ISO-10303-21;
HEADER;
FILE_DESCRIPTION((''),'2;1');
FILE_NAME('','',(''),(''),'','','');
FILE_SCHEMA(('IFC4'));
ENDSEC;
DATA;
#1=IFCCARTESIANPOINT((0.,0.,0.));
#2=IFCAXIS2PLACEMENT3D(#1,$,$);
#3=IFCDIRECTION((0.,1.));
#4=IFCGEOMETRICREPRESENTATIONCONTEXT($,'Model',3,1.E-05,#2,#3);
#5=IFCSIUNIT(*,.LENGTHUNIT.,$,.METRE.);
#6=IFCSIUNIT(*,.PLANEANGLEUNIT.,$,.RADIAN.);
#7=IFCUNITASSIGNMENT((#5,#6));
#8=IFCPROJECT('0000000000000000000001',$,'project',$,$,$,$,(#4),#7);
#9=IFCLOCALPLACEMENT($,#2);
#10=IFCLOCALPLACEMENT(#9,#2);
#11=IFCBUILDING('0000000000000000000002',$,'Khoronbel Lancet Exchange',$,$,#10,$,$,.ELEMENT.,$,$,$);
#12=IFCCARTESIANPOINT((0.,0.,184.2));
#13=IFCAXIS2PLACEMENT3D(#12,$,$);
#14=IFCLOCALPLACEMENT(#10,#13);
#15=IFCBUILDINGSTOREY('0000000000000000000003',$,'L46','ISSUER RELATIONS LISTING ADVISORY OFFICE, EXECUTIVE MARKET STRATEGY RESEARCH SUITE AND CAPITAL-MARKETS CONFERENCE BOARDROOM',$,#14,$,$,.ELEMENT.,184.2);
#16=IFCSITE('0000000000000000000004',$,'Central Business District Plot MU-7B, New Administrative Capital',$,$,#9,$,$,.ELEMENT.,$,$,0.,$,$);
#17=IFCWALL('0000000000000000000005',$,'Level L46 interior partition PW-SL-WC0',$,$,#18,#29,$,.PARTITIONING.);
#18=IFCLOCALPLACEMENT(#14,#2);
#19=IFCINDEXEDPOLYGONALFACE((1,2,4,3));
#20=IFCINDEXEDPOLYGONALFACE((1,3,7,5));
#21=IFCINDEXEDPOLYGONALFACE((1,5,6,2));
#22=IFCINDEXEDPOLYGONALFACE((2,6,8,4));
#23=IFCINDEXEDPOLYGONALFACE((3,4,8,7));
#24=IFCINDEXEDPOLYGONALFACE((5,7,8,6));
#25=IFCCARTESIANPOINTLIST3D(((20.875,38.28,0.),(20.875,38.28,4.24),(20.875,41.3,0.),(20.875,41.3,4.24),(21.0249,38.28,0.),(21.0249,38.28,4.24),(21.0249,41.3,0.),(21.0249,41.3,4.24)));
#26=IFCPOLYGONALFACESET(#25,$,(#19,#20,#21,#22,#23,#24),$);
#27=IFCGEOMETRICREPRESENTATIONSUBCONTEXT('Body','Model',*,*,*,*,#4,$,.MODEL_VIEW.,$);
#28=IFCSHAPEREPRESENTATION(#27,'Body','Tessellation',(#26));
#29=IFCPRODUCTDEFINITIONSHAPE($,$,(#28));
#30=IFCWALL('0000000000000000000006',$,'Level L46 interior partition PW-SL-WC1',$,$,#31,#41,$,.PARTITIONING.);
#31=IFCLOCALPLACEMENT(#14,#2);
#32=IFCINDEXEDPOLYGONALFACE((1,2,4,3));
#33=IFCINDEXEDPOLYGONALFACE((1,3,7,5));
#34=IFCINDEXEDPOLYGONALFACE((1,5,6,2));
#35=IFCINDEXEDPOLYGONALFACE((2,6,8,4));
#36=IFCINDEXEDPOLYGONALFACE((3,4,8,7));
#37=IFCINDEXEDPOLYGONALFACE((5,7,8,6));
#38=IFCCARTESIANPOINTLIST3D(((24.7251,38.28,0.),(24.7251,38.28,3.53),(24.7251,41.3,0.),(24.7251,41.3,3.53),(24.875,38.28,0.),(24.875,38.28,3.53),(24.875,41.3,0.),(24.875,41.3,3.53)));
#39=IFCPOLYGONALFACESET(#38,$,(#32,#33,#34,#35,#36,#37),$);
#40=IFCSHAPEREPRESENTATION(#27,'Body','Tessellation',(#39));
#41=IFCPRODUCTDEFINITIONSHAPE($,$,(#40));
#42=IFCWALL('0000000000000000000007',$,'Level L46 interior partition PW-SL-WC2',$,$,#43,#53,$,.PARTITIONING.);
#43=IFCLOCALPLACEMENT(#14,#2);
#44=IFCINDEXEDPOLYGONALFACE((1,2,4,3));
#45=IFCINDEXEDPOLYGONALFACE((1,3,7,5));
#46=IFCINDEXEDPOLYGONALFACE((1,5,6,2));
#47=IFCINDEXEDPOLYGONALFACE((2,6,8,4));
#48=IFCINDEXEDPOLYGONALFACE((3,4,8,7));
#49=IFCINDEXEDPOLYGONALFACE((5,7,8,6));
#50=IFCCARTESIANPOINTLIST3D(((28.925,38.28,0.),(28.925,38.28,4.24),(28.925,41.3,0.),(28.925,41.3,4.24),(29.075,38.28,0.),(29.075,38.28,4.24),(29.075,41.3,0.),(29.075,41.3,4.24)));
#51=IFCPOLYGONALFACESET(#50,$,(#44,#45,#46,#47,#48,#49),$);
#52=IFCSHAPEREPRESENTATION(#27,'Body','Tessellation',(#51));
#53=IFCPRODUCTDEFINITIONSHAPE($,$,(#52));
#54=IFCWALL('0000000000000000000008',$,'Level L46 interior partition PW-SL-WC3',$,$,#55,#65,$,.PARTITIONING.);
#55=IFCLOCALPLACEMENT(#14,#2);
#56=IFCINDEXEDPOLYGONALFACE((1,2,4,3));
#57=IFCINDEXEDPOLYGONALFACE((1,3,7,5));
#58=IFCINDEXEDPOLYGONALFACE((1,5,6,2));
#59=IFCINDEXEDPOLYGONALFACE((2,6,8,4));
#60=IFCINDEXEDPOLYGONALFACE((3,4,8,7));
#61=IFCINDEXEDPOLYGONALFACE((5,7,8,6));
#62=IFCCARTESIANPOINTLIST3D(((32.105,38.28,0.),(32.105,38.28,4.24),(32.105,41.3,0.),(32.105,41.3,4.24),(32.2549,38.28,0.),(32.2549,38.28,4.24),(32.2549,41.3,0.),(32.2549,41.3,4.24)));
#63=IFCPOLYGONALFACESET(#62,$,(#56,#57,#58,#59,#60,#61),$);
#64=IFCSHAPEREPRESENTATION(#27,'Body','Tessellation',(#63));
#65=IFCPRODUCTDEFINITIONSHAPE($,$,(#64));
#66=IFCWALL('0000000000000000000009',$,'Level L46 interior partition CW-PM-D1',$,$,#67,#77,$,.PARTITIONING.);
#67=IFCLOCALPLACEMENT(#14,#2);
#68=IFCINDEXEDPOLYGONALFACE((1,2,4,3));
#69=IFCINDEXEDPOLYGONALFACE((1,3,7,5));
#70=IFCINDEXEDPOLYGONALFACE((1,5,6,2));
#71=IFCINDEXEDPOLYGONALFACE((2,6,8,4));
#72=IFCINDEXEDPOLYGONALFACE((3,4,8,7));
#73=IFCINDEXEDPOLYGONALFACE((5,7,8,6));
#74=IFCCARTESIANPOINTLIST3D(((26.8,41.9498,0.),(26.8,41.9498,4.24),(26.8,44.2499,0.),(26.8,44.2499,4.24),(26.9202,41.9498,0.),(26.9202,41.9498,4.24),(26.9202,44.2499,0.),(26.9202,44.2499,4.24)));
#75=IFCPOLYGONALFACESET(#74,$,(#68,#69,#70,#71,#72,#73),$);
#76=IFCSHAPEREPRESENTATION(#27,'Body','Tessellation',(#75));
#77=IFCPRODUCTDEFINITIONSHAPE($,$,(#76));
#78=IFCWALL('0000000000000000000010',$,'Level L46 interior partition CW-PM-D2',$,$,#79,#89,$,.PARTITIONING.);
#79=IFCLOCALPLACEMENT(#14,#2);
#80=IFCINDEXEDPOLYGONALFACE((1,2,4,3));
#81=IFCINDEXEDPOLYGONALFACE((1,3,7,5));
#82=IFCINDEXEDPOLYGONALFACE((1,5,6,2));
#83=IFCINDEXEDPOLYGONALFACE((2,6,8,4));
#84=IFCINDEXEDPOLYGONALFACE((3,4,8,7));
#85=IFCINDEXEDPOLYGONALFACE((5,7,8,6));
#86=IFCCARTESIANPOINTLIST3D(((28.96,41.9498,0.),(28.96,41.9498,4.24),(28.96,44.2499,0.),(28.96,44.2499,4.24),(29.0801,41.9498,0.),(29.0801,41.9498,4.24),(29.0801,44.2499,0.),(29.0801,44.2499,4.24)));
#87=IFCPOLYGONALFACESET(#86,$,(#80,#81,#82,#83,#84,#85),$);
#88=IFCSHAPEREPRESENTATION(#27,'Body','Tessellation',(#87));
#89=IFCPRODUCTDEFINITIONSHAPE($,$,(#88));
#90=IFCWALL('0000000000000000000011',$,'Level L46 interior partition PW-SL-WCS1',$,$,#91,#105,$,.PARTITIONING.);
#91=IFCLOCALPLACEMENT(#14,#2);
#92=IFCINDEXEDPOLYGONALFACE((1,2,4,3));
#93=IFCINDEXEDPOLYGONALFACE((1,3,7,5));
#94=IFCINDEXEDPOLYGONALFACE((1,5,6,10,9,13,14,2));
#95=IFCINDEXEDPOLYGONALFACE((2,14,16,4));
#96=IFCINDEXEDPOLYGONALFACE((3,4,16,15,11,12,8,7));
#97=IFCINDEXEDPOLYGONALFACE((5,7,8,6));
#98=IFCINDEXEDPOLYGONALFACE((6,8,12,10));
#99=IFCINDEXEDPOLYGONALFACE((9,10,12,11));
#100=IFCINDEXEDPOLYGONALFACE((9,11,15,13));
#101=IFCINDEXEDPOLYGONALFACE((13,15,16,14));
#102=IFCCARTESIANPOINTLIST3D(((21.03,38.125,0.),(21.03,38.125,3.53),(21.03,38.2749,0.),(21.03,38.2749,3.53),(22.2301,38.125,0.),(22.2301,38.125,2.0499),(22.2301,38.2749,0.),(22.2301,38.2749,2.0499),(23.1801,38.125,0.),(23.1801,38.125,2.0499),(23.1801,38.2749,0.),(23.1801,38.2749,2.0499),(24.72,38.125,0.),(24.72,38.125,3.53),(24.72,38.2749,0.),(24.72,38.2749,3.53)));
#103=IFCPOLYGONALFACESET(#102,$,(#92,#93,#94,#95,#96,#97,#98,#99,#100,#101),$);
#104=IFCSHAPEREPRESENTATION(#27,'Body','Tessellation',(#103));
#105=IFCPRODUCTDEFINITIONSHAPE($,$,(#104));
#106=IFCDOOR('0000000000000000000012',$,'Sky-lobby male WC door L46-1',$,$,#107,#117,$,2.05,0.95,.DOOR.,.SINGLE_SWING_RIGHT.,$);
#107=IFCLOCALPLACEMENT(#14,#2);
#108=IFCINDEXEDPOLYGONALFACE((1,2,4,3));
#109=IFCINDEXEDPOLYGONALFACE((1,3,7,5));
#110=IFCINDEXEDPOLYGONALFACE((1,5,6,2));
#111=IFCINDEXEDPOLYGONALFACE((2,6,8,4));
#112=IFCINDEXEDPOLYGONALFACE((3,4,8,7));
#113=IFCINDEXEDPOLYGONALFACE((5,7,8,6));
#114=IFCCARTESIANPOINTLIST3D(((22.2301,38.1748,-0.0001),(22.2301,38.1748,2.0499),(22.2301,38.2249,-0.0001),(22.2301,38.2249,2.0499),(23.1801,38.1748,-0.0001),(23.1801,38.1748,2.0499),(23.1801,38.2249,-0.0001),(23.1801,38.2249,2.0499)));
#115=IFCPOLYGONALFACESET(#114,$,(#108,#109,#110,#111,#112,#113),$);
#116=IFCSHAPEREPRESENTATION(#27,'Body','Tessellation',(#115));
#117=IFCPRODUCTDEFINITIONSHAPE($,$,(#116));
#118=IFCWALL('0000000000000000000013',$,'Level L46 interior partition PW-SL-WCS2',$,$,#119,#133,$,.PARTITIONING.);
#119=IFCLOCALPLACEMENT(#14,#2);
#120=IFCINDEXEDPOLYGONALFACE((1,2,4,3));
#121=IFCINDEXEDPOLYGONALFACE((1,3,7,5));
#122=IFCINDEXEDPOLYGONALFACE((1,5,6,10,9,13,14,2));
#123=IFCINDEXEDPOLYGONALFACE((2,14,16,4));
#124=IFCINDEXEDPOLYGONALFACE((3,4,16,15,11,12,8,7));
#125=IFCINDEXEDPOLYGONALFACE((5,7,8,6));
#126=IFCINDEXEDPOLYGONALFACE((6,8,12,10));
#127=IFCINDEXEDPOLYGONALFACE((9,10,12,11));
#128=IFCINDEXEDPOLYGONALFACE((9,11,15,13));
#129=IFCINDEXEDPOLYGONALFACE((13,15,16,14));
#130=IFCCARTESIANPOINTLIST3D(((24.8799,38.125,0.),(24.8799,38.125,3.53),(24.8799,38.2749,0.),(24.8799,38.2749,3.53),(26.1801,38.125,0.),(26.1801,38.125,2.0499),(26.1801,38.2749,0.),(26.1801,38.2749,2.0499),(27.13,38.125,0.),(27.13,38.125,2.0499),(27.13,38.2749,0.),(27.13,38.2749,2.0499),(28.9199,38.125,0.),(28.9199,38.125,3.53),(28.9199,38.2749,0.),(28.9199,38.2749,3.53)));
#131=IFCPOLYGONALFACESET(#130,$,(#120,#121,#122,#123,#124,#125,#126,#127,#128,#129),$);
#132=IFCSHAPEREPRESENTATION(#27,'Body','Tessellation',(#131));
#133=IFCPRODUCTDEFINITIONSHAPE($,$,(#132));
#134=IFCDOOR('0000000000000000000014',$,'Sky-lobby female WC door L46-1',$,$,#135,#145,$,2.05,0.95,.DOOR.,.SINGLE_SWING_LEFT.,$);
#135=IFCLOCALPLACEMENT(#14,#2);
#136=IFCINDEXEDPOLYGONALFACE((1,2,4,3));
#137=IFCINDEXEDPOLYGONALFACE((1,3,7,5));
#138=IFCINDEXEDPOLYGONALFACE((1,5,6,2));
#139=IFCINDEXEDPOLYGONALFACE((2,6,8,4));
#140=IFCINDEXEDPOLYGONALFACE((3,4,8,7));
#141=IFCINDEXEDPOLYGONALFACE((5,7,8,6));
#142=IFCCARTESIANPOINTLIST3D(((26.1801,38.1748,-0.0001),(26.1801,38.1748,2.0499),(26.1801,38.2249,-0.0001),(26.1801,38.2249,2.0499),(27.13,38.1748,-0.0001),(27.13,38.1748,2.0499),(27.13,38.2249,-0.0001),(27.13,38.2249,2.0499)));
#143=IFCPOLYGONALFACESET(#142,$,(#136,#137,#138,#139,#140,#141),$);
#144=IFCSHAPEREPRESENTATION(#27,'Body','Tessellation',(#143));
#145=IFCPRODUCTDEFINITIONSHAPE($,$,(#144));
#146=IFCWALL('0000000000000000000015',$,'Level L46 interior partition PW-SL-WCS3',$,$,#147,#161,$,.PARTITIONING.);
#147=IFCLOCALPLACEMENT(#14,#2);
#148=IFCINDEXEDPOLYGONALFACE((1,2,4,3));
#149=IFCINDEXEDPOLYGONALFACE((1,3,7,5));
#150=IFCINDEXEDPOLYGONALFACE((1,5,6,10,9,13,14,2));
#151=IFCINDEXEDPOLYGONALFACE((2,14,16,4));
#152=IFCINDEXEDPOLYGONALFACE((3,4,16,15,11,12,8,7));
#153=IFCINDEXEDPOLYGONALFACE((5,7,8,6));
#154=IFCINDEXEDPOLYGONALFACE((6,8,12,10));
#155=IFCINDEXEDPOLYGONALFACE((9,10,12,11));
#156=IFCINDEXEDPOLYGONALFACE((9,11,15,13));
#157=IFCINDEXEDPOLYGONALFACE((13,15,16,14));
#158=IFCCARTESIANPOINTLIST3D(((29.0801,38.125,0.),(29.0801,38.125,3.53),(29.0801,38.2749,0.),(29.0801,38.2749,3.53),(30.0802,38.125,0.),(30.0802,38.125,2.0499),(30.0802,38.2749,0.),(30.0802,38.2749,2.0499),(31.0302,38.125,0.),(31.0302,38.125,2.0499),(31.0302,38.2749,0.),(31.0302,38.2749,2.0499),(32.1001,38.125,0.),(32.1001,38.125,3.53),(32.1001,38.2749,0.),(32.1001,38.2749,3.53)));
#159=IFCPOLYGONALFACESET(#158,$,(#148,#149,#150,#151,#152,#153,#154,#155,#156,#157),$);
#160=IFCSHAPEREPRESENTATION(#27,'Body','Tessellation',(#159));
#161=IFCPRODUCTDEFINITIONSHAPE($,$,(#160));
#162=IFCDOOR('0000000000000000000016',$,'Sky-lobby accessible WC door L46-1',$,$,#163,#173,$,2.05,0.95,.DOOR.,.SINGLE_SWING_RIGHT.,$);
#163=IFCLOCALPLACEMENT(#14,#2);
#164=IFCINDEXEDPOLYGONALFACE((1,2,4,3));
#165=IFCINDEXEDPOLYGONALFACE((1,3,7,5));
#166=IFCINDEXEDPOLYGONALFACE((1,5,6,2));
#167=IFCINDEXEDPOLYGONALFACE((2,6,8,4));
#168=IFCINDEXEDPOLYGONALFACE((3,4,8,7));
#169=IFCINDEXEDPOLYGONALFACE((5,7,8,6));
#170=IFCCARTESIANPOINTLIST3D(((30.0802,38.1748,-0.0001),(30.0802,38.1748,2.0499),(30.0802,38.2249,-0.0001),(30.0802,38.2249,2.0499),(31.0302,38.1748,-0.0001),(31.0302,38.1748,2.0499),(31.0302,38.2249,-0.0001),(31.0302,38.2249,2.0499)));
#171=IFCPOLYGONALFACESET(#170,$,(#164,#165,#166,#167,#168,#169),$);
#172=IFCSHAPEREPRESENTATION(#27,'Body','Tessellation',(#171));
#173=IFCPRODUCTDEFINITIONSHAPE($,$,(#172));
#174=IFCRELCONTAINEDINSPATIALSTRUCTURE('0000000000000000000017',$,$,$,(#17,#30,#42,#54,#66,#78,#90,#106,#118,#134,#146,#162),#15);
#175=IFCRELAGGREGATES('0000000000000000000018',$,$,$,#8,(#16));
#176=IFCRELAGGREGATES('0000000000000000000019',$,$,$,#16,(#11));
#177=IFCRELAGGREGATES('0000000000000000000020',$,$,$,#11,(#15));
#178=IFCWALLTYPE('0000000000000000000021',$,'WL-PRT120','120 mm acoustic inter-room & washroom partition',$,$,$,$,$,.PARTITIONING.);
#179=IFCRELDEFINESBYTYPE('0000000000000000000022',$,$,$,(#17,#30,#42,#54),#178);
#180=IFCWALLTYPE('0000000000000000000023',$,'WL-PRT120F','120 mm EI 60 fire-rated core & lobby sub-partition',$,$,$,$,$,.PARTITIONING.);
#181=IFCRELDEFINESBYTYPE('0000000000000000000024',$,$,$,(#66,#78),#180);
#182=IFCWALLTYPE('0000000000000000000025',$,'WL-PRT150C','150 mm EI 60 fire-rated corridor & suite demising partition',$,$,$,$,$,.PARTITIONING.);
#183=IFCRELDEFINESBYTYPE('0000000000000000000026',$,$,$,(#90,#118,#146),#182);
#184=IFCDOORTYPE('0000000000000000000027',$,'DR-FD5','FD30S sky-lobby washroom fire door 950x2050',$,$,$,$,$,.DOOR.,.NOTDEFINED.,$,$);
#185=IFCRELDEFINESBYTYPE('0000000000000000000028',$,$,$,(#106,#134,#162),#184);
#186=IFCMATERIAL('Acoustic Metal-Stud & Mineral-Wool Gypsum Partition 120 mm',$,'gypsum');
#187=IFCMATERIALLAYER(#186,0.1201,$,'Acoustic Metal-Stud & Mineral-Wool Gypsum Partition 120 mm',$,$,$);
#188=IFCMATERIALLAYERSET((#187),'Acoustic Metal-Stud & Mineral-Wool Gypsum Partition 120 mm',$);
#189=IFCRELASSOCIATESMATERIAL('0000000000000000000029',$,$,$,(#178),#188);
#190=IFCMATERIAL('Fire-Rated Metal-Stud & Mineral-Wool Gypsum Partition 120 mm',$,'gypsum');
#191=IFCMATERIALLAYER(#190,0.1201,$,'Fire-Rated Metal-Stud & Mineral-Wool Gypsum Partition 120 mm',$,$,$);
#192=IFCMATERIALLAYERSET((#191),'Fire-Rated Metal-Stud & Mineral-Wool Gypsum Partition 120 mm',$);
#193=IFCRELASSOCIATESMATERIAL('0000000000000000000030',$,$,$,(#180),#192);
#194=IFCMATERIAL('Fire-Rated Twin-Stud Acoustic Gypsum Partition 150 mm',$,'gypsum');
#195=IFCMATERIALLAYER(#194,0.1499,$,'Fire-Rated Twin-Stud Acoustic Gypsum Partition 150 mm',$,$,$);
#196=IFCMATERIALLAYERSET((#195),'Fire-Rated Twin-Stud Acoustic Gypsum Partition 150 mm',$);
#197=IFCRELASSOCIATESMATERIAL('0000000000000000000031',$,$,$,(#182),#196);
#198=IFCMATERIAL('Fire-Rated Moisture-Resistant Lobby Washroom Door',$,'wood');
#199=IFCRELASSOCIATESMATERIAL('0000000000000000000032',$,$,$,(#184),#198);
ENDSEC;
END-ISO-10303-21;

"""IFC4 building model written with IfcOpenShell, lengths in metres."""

from ifc_helpers import new_model, si_unit, direction, frame, frame_2d, origin, place, context, subcontext, project, spatial, rectangle, extrude, material, layer, layer_set, type_object, element, fill, save


model = new_model("IFC4")

# Units and contexts
model_context = context("Model", 3, precision=1e-05, world=origin(), true_north=direction((0.0, 1.0)))
body_context = subcontext(model_context, "Body", "Model", "MODEL_VIEW")
ifc_project = project(units=[si_unit("LENGTHUNIT", "METRE"), si_unit("PLANEANGLEUNIT", "RADIAN")], contexts=[model_context])

# Site, building, storey
site_placement = place(None, origin())
site = spatial("IfcSite", under=ifc_project, at=site_placement, Name="Central Business District Plot MU-7B, New Administrative Capital", CompositionType="ELEMENT", RefElevation=0.0)
building_placement = place(site_placement, origin())
building = spatial("IfcBuilding", under=site, at=building_placement, Name="Khoronbel Lancet Exchange", CompositionType="ELEMENT")
storey_placement = place(building_placement, frame((0.0, 0.0, 184.2)))
storey = spatial("IfcBuildingStorey", under=building, at=storey_placement, Name="L46", Description="ISSUER RELATIONS LISTING ADVISORY OFFICE, EXECUTIVE MARKET STRATEGY RESEARCH SUITE AND CAPITAL-MARKETS CONFERENCE BOARDROOM", CompositionType="ELEMENT", Elevation=184.2)

# Walls
ifc_material_1 = material(Name="Acoustic Metal-Stud & Mineral-Wool Gypsum Partition 120 mm", Category="gypsum")
ifc_layer_1 = layer(ifc_material_1, 0.1201, Name="Acoustic Metal-Stud & Mineral-Wool Gypsum Partition 120 mm")
ifc_layer_set_1 = layer_set([ifc_layer_1], Name="Acoustic Metal-Stud & Mineral-Wool Gypsum Partition 120 mm")
wall_type_1 = type_object("IfcWallType", Name="WL-PRT120", Description="120 mm acoustic inter-room & washroom partition", PredefinedType="PARTITIONING", material=ifc_layer_set_1)
wall_1_placement = place(storey_placement, frame((20.95, 38.28, 0.0), z_axis=(0.0, 0.0, 1.0), x_axis=(0.0, 1.0, 0.0)))
element("IfcWall", 1, at=wall_1_placement, inside=storey, type_object=wall_type_1, Name="Level L46 interior partition PW-SL-WC0", PredefinedType="PARTITIONING", context=body_context, shape_type="SweptSolid", body=[
    extrude(rectangle(XDim=3.02, YDim=0.1499, at=frame_2d((1.51, 0.0))), origin(), (0.0, 0.0, 1.0), 4.24),
])
wall_2_placement = place(storey_placement, frame((24.8, 38.28, 0.0), z_axis=(0.0, 0.0, 1.0), x_axis=(0.0, 1.0, 0.0)))
element("IfcWall", 2, at=wall_2_placement, inside=storey, type_object=wall_type_1, Name="Level L46 interior partition PW-SL-WC1", PredefinedType="PARTITIONING", context=body_context, shape_type="SweptSolid", body=[
    extrude(rectangle(XDim=3.02, YDim=0.1499, at=frame_2d((1.51, 0.0))), origin(), (0.0, 0.0, 1.0), 3.53),
])
for number, where, z_axis, x_axis, name in (
    (3, (29.0, 38.28, 0.0), (0.0, 0.0, 1.0), (0.0, 1.0, 0.0), "Level L46 interior partition PW-SL-WC2"),
    (4, (32.1799, 38.28, 0.0), (0.0, 0.0, 1.0), (0.0, 1.0, 0.0), "Level L46 interior partition PW-SL-WC3"),
):
    element("IfcWall", number, at=place(storey_placement, frame(where, z_axis=z_axis, x_axis=x_axis)), inside=storey, type_object=wall_type_1, Name=name, PredefinedType="PARTITIONING", context=body_context, shape_type="SweptSolid", body=[
        extrude(rectangle(XDim=3.02, YDim=0.1499, at=frame_2d((1.51, 0.0))), origin(), (0.0, 0.0, 1.0), 4.24),
    ])
ifc_material_2 = material(Name="Fire-Rated Metal-Stud & Mineral-Wool Gypsum Partition 120 mm", Category="gypsum")
ifc_layer_2 = layer(ifc_material_2, 0.1201, Name="Fire-Rated Metal-Stud & Mineral-Wool Gypsum Partition 120 mm")
ifc_layer_set_2 = layer_set([ifc_layer_2], Name="Fire-Rated Metal-Stud & Mineral-Wool Gypsum Partition 120 mm")
wall_type_2 = type_object("IfcWallType", Name="WL-PRT120F", Description="120 mm EI 60 fire-rated core & lobby sub-partition", PredefinedType="PARTITIONING", material=ifc_layer_set_2)
for number, where, z_axis, x_axis, name in (
    (5, (26.8601, 41.95, 0.0), (0.0, 0.0, 1.0), (0.0, 1.0, 0.0), "Level L46 interior partition CW-PM-D1"),
    (6, (29.02, 41.95, 0.0), (0.0, 0.0, 1.0), (0.0, 1.0, 0.0), "Level L46 interior partition CW-PM-D2"),
):
    element("IfcWall", number, at=place(storey_placement, frame(where, z_axis=z_axis, x_axis=x_axis)), inside=storey, type_object=wall_type_2, Name=name, PredefinedType="PARTITIONING", context=body_context, shape_type="SweptSolid", body=[
        extrude(rectangle(XDim=2.3, YDim=0.1201, at=frame_2d((1.1499, 0.0))), origin(), (0.0, 0.0, 1.0), 4.24),
    ])

# Walls, openings, doors
ifc_material_3 = material(Name="Fire-Rated Twin-Stud Acoustic Gypsum Partition 150 mm", Category="gypsum")
ifc_layer_3 = layer(ifc_material_3, 0.1499, Name="Fire-Rated Twin-Stud Acoustic Gypsum Partition 150 mm")
ifc_layer_set_3 = layer_set([ifc_layer_3], Name="Fire-Rated Twin-Stud Acoustic Gypsum Partition 150 mm")
wall_type_3 = type_object("IfcWallType", Name="WL-PRT150C", Description="150 mm EI 60 fire-rated corridor & suite demising partition", PredefinedType="PARTITIONING", material=ifc_layer_set_3)
wall_3_placement = place(storey_placement, frame((21.03, 38.2, 0.0), z_axis=(0.0, 0.0, 1.0), x_axis=(1.0, 0.0, 0.0)))
wall_3 = element("IfcWall", 7, at=wall_3_placement, inside=storey, type_object=wall_type_3, Name="Level L46 interior partition PW-SL-WCS1", PredefinedType="PARTITIONING", context=body_context, shape_type="SweptSolid", body=[
    extrude(rectangle(XDim=3.6899, YDim=0.1499, at=frame_2d((1.845, 0.0))), origin(), (0.0, 0.0, 1.0), 3.53),
])
opening_1_placement = place(wall_3_placement, frame((1.2, 0.0, 0.0)))
opening_1 = element("IfcOpeningElement", 8, at=opening_1_placement, cuts=wall_3, PredefinedType="OPENING", context=body_context, shape_type="SweptSolid", body=[
    extrude(rectangle(XDim=0.95, YDim=2.05, at=frame_2d((0.4751, 1.0249))), frame((0.0, 0.085, 0.0), z_axis=(0.0, -1.0, 0.0), x_axis=(1.0, 0.0, 0.0)), (0.0, 0.0, 1.0), 0.1699),
])
ifc_material_4 = material(Name="Fire-Rated Moisture-Resistant Lobby Washroom Door", Category="wood")
door_type_1 = type_object("IfcDoorType", Name="DR-FD5", Description="FD30S sky-lobby washroom fire door 950x2050", OperationType="NOTDEFINED", PredefinedType="DOOR", material=ifc_material_4)
door_1_placement = place(opening_1_placement, origin())
door_1 = element("IfcDoor", 9, at=door_1_placement, inside=storey, type_object=door_type_1, Name="Sky-lobby male WC door L46-1", OperationType="SINGLE_SWING_RIGHT", OverallHeight=2.05, OverallWidth=0.95, PredefinedType="DOOR", context=body_context, shape_type="SweptSolid", body=[
    extrude(rectangle(XDim=0.95, YDim=2.05, at=frame_2d((0.4751, 1.0249))), frame((0.0, 0.0249, 0.0), z_axis=(0.0, -1.0, 0.0), x_axis=(1.0, 0.0, 0.0)), (0.0, 0.0, 1.0), 0.05),
])
fill(opening_1, door_1)
wall_4_placement = place(storey_placement, frame((24.8799, 38.2, 0.0), z_axis=(0.0, 0.0, 1.0), x_axis=(1.0, 0.0, 0.0)))
wall_4 = element("IfcWall", 10, at=wall_4_placement, inside=storey, type_object=wall_type_3, Name="Level L46 interior partition PW-SL-WCS2", PredefinedType="PARTITIONING", context=body_context, shape_type="SweptSolid", body=[
    extrude(rectangle(XDim=4.04, YDim=0.1499, at=frame_2d((2.02, 0.0))), origin(), (0.0, 0.0, 1.0), 3.53),
])
opening_2_placement = place(wall_4_placement, frame((1.3, 0.0, 0.0)))
opening_2 = element("IfcOpeningElement", 11, at=opening_2_placement, cuts=wall_4, PredefinedType="OPENING", context=body_context, shape_type="SweptSolid", body=[
    extrude(rectangle(XDim=0.95, YDim=2.05, at=frame_2d((0.4751, 1.0249))), frame((0.0, 0.085, 0.0), z_axis=(0.0, -1.0, 0.0), x_axis=(1.0, 0.0, 0.0)), (0.0, 0.0, 1.0), 0.1699),
])
door_2_placement = place(opening_2_placement, origin())
door_2 = element("IfcDoor", 12, at=door_2_placement, inside=storey, type_object=door_type_1, Name="Sky-lobby female WC door L46-1", OperationType="SINGLE_SWING_LEFT", OverallHeight=2.05, OverallWidth=0.95, PredefinedType="DOOR", context=body_context, shape_type="SweptSolid", body=[
    extrude(rectangle(XDim=0.95, YDim=2.05, at=frame_2d((0.4751, 1.0249))), frame((0.0, 0.0249, 0.0), z_axis=(0.0, -1.0, 0.0), x_axis=(1.0, 0.0, 0.0)), (0.0, 0.0, 1.0), 0.05),
])
fill(opening_2, door_2)
wall_5_placement = place(storey_placement, frame((29.0801, 38.2, 0.0), z_axis=(0.0, 0.0, 1.0), x_axis=(1.0, 0.0, 0.0)))
wall_5 = element("IfcWall", 13, at=wall_5_placement, inside=storey, type_object=wall_type_3, Name="Level L46 interior partition PW-SL-WCS3", PredefinedType="PARTITIONING", context=body_context, shape_type="SweptSolid", body=[
    extrude(rectangle(XDim=3.02, YDim=0.1499, at=frame_2d((1.51, 0.0))), origin(), (0.0, 0.0, 1.0), 3.53),
])
opening_3_placement = place(wall_5_placement, frame((1.0, 0.0, 0.0)))
opening_3 = element("IfcOpeningElement", 14, at=opening_3_placement, cuts=wall_5, PredefinedType="OPENING", context=body_context, shape_type="SweptSolid", body=[
    extrude(rectangle(XDim=0.95, YDim=2.05, at=frame_2d((0.4751, 1.0249))), frame((0.0, 0.085, 0.0), z_axis=(0.0, -1.0, 0.0), x_axis=(1.0, 0.0, 0.0)), (0.0, 0.0, 1.0), 0.1699),
])
door_3_placement = place(opening_3_placement, origin())
door_3 = element("IfcDoor", 15, at=door_3_placement, inside=storey, type_object=door_type_1, Name="Sky-lobby accessible WC door L46-1", OperationType="SINGLE_SWING_RIGHT", OverallHeight=2.05, OverallWidth=0.95, PredefinedType="DOOR", context=body_context, shape_type="SweptSolid", body=[
    extrude(rectangle(XDim=0.95, YDim=2.05, at=frame_2d((0.4751, 1.0249))), frame((0.0, 0.0249, 0.0), z_axis=(0.0, -1.0, 0.0), x_axis=(1.0, 0.0, 0.0)), (0.0, 0.0, 1.0), 0.05),
])
fill(opening_3, door_3)

save(model, "model.ifc")
